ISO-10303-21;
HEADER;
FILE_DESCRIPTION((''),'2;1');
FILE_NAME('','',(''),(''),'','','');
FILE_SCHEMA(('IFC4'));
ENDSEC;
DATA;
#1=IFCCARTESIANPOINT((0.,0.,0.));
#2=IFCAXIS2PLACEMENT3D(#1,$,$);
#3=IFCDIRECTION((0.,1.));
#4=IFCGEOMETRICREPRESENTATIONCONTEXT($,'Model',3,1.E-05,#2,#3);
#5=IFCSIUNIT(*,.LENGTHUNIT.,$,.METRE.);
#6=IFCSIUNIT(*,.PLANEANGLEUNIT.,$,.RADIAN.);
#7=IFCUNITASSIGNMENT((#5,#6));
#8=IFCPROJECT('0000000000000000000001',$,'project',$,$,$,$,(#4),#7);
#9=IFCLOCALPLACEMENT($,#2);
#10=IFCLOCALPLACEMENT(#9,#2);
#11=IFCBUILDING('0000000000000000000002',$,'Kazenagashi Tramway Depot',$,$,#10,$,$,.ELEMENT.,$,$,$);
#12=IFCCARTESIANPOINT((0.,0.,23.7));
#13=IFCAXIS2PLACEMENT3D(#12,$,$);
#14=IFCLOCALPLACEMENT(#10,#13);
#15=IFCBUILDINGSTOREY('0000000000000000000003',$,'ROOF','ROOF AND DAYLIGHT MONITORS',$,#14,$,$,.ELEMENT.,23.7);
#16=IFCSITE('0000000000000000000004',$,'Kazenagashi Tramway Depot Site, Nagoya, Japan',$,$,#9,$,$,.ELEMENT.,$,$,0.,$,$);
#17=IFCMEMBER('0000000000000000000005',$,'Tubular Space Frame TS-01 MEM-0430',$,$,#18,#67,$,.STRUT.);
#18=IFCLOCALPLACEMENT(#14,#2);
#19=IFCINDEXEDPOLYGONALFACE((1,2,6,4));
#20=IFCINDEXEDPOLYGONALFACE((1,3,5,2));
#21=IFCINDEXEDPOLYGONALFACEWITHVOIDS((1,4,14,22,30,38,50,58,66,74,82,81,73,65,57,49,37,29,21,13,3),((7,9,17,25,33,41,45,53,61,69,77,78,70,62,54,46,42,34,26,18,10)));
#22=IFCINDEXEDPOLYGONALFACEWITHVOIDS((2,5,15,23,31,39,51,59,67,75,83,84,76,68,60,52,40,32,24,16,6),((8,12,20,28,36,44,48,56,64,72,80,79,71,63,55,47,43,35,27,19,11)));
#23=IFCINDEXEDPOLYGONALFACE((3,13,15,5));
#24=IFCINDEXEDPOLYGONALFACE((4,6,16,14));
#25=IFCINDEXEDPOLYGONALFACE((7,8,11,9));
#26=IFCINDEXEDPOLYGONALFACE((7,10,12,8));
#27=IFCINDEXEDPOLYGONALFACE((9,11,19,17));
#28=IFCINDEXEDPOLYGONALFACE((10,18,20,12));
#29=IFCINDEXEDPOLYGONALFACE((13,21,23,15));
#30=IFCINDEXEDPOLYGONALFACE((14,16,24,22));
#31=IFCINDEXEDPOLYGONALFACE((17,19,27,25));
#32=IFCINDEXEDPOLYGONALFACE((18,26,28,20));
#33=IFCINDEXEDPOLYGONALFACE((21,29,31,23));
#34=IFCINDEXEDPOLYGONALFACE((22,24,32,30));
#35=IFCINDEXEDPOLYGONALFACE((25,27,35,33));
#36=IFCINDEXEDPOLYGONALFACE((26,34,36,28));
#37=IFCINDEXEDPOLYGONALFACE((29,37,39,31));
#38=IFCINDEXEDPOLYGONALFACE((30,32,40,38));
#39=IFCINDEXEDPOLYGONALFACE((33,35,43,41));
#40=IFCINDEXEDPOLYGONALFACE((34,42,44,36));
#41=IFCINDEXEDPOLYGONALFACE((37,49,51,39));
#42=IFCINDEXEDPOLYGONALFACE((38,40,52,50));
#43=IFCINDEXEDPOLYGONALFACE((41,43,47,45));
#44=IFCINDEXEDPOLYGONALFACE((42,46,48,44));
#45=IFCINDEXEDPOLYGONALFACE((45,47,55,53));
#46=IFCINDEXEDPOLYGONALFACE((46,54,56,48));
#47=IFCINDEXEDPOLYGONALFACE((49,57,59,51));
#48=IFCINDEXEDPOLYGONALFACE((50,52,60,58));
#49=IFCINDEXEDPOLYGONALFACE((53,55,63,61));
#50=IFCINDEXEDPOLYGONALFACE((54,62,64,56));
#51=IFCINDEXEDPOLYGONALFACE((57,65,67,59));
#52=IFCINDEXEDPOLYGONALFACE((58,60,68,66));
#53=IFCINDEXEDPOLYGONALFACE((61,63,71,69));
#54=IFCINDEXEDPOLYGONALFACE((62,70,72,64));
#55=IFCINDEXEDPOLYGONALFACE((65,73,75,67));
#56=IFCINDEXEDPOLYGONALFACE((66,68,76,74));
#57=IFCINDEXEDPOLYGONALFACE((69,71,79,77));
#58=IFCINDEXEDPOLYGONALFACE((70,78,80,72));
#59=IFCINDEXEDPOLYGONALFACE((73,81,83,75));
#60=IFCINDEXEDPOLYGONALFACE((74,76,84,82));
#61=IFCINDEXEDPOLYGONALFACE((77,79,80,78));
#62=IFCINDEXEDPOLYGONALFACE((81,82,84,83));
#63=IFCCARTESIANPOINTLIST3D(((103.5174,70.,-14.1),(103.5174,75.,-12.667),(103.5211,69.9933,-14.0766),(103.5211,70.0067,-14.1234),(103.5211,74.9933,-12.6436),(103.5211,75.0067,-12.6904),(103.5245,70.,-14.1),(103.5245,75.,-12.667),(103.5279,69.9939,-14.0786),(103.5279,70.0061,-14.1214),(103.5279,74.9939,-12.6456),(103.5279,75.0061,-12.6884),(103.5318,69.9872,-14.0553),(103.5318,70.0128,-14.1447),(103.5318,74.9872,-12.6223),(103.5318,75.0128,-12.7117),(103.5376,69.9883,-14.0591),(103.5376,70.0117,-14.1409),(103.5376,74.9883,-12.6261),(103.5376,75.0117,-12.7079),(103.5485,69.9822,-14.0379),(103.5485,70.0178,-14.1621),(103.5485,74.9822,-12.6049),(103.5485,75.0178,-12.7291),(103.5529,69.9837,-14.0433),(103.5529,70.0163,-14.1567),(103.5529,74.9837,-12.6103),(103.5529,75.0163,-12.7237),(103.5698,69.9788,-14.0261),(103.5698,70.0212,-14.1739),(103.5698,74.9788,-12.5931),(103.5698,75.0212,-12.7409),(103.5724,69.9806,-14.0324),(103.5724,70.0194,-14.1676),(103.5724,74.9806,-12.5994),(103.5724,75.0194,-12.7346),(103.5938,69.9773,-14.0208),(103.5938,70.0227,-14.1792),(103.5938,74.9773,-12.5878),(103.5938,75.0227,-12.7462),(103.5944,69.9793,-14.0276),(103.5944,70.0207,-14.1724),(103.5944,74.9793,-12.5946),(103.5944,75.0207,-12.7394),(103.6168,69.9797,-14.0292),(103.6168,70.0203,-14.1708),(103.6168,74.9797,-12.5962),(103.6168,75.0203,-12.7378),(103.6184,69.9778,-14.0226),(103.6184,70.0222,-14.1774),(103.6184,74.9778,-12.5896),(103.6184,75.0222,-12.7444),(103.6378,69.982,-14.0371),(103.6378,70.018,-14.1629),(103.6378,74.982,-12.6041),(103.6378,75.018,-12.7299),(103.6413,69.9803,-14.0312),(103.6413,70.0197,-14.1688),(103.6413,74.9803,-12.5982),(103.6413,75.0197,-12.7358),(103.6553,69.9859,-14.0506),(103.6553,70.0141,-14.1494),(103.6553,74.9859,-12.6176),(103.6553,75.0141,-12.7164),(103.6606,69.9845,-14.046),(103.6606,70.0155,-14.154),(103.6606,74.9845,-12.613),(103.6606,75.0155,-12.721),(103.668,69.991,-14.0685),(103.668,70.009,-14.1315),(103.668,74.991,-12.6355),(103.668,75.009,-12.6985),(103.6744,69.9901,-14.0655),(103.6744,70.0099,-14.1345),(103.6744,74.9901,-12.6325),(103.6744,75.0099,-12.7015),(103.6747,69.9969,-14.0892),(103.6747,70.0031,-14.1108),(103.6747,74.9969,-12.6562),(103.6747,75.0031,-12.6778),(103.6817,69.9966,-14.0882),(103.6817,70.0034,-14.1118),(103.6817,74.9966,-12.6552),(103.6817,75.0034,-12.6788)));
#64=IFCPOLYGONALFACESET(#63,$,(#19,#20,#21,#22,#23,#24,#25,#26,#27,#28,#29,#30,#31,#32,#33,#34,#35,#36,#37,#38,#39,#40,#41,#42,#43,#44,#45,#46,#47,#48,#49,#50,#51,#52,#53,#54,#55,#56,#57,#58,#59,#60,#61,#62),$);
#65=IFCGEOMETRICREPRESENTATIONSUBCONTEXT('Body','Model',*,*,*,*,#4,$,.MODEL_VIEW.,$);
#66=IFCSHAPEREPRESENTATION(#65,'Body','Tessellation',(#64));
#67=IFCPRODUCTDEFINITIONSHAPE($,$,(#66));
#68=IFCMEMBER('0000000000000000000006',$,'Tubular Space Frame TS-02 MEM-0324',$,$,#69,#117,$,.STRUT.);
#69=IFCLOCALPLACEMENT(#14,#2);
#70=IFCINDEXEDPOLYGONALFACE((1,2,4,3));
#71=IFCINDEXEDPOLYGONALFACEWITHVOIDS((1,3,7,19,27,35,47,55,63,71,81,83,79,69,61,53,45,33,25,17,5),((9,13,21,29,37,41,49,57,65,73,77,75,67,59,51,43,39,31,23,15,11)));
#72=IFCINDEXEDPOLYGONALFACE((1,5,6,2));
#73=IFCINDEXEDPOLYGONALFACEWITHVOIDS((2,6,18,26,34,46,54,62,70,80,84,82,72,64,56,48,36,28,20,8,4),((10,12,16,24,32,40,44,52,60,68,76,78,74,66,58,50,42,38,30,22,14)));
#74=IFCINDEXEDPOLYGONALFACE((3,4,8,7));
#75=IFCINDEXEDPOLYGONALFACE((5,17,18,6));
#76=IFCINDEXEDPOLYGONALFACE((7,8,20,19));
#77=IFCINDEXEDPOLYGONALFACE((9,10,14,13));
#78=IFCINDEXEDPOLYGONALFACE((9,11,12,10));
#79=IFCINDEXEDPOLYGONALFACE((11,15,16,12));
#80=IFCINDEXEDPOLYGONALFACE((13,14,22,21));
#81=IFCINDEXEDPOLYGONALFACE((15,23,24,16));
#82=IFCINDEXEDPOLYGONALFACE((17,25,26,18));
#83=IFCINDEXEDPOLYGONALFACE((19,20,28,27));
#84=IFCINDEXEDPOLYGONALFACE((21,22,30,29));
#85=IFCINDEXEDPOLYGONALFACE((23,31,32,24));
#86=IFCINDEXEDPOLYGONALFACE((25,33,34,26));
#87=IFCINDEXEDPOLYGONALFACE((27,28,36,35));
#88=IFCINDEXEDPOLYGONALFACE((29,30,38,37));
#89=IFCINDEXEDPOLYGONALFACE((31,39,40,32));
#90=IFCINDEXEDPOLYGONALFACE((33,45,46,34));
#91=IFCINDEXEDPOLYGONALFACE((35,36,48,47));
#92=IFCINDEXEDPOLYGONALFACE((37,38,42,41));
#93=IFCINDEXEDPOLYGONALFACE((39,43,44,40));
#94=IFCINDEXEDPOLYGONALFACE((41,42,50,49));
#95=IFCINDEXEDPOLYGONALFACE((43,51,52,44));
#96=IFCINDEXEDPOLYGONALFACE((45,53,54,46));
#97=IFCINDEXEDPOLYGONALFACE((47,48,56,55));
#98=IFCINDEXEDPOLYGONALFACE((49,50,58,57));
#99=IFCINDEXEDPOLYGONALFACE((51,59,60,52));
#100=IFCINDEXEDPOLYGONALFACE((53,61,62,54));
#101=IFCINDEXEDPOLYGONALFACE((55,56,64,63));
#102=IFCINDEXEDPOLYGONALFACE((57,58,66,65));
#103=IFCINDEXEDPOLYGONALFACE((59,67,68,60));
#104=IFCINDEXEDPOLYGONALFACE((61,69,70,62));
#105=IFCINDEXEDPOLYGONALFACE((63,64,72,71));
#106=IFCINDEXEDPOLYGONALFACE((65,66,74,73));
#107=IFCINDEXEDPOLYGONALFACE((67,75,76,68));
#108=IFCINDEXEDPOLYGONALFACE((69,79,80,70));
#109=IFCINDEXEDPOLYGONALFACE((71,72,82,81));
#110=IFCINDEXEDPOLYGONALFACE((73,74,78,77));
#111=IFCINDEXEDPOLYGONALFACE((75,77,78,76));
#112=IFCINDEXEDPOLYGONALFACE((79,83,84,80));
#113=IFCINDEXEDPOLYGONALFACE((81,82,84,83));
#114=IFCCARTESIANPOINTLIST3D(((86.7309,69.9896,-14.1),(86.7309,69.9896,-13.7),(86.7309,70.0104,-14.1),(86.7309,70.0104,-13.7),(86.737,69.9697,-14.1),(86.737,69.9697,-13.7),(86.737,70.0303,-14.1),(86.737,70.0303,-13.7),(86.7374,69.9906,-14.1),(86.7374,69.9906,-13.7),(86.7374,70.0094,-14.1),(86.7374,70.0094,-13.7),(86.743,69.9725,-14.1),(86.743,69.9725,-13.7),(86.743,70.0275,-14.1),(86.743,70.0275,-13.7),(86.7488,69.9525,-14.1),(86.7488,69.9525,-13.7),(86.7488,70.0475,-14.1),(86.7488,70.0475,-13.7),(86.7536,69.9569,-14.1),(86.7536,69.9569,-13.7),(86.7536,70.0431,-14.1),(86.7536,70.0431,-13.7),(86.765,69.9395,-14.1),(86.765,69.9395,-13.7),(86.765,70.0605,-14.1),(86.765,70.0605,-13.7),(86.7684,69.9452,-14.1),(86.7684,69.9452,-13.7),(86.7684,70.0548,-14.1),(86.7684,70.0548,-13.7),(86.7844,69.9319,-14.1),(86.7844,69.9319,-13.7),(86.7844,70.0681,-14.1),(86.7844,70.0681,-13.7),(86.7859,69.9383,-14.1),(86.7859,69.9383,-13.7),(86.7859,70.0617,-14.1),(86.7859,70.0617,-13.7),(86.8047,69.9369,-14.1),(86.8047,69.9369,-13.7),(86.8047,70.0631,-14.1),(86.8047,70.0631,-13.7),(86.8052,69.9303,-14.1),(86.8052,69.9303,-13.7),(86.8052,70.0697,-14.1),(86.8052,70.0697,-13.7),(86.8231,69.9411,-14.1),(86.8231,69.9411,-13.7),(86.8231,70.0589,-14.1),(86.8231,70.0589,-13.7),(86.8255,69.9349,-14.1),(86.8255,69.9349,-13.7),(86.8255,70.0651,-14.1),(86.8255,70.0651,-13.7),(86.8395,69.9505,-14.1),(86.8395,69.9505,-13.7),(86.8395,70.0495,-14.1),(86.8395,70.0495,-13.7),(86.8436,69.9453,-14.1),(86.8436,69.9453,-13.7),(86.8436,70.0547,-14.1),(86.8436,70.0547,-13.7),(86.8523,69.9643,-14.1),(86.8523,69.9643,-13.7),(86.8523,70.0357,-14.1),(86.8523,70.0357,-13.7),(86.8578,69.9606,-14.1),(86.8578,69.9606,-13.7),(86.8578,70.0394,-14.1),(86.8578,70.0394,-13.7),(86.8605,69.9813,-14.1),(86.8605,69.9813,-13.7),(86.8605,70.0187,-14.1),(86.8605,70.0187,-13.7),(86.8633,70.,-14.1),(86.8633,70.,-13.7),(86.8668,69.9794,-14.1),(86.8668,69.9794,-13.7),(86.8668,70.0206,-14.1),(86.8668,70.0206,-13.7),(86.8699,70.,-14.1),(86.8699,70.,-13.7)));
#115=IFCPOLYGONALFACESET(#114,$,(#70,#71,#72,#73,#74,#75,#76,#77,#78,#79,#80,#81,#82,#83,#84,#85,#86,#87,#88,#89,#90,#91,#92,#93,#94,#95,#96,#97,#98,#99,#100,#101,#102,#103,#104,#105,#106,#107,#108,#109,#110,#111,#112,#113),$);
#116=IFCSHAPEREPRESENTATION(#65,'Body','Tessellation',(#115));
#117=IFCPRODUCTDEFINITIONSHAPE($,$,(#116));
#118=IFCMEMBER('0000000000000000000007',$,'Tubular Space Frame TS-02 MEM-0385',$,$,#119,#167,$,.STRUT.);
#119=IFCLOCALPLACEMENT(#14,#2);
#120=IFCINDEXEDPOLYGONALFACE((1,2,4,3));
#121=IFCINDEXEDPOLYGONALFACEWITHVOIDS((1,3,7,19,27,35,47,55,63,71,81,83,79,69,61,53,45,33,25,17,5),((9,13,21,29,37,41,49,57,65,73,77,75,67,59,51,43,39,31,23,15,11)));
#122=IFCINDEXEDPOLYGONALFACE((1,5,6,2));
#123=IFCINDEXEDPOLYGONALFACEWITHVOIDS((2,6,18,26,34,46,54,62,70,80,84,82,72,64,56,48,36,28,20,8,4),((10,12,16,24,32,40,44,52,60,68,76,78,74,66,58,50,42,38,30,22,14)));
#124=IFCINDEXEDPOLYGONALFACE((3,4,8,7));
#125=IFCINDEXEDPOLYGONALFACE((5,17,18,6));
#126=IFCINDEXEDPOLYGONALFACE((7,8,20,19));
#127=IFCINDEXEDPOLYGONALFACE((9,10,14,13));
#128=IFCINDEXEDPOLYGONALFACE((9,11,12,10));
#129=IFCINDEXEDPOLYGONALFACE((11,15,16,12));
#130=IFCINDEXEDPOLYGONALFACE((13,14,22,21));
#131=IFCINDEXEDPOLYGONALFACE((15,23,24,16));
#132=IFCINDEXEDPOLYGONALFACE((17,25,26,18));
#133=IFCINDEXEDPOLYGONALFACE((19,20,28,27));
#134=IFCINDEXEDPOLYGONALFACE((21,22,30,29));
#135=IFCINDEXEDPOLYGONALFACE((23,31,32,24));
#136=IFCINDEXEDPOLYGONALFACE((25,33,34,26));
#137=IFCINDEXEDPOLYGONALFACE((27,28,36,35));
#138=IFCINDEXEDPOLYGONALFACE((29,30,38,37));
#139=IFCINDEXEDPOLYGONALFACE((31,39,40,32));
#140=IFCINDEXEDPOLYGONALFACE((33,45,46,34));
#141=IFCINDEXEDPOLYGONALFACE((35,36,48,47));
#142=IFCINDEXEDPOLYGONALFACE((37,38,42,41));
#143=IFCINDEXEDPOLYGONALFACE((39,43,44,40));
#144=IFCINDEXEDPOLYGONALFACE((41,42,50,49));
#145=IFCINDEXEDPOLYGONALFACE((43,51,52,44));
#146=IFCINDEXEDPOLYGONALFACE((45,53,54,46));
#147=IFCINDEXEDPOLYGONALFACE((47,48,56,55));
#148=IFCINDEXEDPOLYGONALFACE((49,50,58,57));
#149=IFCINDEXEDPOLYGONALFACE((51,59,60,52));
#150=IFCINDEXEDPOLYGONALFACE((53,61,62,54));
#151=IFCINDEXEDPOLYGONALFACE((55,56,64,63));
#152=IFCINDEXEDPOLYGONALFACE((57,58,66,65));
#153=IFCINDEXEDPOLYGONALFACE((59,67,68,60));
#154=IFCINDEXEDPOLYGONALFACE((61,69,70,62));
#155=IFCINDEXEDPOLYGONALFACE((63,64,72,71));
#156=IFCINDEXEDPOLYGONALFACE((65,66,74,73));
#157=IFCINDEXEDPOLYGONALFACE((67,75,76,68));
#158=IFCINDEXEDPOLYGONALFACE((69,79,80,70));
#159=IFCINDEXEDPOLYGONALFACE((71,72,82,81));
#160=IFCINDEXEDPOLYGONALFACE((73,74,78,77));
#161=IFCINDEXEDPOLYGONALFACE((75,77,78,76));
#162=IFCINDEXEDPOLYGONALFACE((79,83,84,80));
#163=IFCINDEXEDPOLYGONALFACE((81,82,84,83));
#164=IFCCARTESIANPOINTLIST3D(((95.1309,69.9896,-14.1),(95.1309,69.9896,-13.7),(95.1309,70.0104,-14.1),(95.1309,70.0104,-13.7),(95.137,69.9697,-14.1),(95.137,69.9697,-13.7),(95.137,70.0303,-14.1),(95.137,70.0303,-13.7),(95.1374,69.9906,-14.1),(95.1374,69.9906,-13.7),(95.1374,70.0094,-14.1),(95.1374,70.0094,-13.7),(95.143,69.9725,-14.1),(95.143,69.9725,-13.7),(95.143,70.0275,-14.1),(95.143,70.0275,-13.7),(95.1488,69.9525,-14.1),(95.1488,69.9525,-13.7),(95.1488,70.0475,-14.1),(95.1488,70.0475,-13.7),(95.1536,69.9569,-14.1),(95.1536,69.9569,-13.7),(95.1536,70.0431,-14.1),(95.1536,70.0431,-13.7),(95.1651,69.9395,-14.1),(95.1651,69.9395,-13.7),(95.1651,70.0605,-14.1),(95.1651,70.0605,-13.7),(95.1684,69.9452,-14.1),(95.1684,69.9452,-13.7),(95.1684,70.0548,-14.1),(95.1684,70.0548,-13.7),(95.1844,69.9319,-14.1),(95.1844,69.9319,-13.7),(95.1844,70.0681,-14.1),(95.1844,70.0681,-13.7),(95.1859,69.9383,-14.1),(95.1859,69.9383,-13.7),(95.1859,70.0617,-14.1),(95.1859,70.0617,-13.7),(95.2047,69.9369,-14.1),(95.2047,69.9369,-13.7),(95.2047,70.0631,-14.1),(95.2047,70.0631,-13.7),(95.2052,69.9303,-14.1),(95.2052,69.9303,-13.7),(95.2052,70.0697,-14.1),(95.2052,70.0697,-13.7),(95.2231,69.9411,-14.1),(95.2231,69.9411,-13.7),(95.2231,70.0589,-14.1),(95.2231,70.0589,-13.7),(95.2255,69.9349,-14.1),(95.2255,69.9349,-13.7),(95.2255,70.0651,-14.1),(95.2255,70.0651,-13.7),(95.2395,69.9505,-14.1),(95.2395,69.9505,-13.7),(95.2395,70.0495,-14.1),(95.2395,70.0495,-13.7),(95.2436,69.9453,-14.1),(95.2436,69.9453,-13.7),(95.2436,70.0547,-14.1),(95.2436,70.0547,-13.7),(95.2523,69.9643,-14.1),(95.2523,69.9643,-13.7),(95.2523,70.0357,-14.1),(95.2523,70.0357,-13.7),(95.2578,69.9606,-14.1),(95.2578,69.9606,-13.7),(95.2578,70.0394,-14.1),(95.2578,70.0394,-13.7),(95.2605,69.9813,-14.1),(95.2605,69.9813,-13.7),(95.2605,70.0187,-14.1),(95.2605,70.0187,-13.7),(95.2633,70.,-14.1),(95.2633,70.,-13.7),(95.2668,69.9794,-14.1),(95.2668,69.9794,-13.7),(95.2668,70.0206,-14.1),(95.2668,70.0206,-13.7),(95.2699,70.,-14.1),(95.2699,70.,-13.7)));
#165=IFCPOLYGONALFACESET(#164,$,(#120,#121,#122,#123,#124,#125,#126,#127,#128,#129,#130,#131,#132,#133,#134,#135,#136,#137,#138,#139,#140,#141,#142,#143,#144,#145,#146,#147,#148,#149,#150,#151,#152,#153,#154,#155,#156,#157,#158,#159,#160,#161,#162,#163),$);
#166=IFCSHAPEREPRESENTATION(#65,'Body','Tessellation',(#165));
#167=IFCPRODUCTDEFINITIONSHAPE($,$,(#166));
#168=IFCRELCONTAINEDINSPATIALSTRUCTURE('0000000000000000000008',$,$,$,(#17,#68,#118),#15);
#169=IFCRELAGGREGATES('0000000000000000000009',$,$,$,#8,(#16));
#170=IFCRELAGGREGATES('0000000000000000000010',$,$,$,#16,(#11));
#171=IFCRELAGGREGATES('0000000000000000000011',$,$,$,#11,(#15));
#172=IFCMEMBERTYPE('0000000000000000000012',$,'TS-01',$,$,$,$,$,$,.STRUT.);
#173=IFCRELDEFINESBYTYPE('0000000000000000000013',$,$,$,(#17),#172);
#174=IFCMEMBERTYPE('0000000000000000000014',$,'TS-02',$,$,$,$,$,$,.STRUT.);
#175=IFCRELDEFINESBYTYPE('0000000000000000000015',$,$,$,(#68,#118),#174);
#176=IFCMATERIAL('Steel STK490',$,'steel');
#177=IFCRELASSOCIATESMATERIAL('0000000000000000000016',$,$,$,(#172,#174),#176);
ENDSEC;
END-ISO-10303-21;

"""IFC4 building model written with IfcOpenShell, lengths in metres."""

from ifc_helpers import new_model, si_unit, direction, frame, origin, origin_2d, place, context, subcontext, project, spatial, hollow_circle, extrude, material, material_profile, profile_set, type_object, element, save


model = new_model("IFC4")

# Units and contexts
model_context = context("Model", 3, precision=1e-05, world=origin(), true_north=direction((0.0, 1.0)))
body_context = subcontext(model_context, "Body", "Model", "MODEL_VIEW")
ifc_project = project(units=[si_unit("LENGTHUNIT", "METRE"), si_unit("PLANEANGLEUNIT", "RADIAN")], contexts=[model_context])

# Site, building, storey
site_placement = place(None, origin())
site = spatial("IfcSite", under=ifc_project, at=site_placement, Name="Kazenagashi Tramway Depot Site, Nagoya, Japan", CompositionType="ELEMENT", RefElevation=0.0)
building_placement = place(site_placement, origin())
building = spatial("IfcBuilding", under=site, at=building_placement, Name="Kazenagashi Tramway Depot", CompositionType="ELEMENT")
storey_placement = place(building_placement, frame((0.0, 0.0, 23.7)))
storey = spatial("IfcBuildingStorey", under=building, at=storey_placement, Name="ROOF", Description="ROOF AND DAYLIGHT MONITORS", CompositionType="ELEMENT", Elevation=23.7)

# Members
ifc_material_1 = material(Name="Steel STK490", Category="steel")
ifc_material_profile_1 = material_profile(ifc_material_1, hollow_circle(Radius=0.0826, WallThickness=0.0071, at=origin_2d()), Name="CHS-165.2x7.1")
ifc_profile_set_1 = profile_set([ifc_material_profile_1], Name="Steel STK490")
member_type_1 = type_object("IfcMemberType", Name="TS-01", PredefinedType="STRUT", material=ifc_profile_set_1)
for number, where, z_axis, x_axis, name in (
    (1, (103.6, 70.0, -14.1), (0.0, 0.961299, 0.275508), (-1.0, 0.0, 0.0), "Tubular Space Frame TS-01 MEM-0430"),
):
    element("IfcMember", number, at=place(storey_placement, frame(where, z_axis=z_axis, x_axis=x_axis)), inside=storey, type_object=member_type_1, Name=name, PredefinedType="STRUT", context=body_context, shape_type="SweptSolid", body=[
        extrude(hollow_circle(Radius=0.0826, WallThickness=0.0071, at=origin_2d()), origin(), (0.0, 0.0, 1.0), 5.2013),
    ])
ifc_material_profile_2 = material_profile(ifc_material_1, hollow_circle(Radius=0.0699, WallThickness=0.0066, at=origin_2d()), Name="CHS-139.8x6.6")
ifc_profile_set_2 = profile_set([ifc_material_profile_2], Name="Steel STK490")
member_type_2 = type_object("IfcMemberType", Name="TS-02", PredefinedType="STRUT", material=ifc_profile_set_2)
for number, where, z_axis, x_axis, name in (
    (2, (86.8, 70.0, -14.1), (0.0, 0.0, 1.0), (1.0, 0.0, 0.0), "Tubular Space Frame TS-02 MEM-0324"),
    (3, (95.2, 70.0, -14.1), (0.0, 0.0, 1.0), (1.0, 0.0, 0.0), "Tubular Space Frame TS-02 MEM-0385"),
):
    element("IfcMember", number, at=place(storey_placement, frame(where, z_axis=z_axis, x_axis=x_axis)), inside=storey, type_object=member_type_2, Name=name, PredefinedType="STRUT", context=body_context, shape_type="SweptSolid", body=[
        extrude(hollow_circle(Radius=0.0699, WallThickness=0.0066, at=origin_2d()), origin(), (0.0, 0.0, 1.0), 0.4),
    ])

save(model, "model.ifc")
